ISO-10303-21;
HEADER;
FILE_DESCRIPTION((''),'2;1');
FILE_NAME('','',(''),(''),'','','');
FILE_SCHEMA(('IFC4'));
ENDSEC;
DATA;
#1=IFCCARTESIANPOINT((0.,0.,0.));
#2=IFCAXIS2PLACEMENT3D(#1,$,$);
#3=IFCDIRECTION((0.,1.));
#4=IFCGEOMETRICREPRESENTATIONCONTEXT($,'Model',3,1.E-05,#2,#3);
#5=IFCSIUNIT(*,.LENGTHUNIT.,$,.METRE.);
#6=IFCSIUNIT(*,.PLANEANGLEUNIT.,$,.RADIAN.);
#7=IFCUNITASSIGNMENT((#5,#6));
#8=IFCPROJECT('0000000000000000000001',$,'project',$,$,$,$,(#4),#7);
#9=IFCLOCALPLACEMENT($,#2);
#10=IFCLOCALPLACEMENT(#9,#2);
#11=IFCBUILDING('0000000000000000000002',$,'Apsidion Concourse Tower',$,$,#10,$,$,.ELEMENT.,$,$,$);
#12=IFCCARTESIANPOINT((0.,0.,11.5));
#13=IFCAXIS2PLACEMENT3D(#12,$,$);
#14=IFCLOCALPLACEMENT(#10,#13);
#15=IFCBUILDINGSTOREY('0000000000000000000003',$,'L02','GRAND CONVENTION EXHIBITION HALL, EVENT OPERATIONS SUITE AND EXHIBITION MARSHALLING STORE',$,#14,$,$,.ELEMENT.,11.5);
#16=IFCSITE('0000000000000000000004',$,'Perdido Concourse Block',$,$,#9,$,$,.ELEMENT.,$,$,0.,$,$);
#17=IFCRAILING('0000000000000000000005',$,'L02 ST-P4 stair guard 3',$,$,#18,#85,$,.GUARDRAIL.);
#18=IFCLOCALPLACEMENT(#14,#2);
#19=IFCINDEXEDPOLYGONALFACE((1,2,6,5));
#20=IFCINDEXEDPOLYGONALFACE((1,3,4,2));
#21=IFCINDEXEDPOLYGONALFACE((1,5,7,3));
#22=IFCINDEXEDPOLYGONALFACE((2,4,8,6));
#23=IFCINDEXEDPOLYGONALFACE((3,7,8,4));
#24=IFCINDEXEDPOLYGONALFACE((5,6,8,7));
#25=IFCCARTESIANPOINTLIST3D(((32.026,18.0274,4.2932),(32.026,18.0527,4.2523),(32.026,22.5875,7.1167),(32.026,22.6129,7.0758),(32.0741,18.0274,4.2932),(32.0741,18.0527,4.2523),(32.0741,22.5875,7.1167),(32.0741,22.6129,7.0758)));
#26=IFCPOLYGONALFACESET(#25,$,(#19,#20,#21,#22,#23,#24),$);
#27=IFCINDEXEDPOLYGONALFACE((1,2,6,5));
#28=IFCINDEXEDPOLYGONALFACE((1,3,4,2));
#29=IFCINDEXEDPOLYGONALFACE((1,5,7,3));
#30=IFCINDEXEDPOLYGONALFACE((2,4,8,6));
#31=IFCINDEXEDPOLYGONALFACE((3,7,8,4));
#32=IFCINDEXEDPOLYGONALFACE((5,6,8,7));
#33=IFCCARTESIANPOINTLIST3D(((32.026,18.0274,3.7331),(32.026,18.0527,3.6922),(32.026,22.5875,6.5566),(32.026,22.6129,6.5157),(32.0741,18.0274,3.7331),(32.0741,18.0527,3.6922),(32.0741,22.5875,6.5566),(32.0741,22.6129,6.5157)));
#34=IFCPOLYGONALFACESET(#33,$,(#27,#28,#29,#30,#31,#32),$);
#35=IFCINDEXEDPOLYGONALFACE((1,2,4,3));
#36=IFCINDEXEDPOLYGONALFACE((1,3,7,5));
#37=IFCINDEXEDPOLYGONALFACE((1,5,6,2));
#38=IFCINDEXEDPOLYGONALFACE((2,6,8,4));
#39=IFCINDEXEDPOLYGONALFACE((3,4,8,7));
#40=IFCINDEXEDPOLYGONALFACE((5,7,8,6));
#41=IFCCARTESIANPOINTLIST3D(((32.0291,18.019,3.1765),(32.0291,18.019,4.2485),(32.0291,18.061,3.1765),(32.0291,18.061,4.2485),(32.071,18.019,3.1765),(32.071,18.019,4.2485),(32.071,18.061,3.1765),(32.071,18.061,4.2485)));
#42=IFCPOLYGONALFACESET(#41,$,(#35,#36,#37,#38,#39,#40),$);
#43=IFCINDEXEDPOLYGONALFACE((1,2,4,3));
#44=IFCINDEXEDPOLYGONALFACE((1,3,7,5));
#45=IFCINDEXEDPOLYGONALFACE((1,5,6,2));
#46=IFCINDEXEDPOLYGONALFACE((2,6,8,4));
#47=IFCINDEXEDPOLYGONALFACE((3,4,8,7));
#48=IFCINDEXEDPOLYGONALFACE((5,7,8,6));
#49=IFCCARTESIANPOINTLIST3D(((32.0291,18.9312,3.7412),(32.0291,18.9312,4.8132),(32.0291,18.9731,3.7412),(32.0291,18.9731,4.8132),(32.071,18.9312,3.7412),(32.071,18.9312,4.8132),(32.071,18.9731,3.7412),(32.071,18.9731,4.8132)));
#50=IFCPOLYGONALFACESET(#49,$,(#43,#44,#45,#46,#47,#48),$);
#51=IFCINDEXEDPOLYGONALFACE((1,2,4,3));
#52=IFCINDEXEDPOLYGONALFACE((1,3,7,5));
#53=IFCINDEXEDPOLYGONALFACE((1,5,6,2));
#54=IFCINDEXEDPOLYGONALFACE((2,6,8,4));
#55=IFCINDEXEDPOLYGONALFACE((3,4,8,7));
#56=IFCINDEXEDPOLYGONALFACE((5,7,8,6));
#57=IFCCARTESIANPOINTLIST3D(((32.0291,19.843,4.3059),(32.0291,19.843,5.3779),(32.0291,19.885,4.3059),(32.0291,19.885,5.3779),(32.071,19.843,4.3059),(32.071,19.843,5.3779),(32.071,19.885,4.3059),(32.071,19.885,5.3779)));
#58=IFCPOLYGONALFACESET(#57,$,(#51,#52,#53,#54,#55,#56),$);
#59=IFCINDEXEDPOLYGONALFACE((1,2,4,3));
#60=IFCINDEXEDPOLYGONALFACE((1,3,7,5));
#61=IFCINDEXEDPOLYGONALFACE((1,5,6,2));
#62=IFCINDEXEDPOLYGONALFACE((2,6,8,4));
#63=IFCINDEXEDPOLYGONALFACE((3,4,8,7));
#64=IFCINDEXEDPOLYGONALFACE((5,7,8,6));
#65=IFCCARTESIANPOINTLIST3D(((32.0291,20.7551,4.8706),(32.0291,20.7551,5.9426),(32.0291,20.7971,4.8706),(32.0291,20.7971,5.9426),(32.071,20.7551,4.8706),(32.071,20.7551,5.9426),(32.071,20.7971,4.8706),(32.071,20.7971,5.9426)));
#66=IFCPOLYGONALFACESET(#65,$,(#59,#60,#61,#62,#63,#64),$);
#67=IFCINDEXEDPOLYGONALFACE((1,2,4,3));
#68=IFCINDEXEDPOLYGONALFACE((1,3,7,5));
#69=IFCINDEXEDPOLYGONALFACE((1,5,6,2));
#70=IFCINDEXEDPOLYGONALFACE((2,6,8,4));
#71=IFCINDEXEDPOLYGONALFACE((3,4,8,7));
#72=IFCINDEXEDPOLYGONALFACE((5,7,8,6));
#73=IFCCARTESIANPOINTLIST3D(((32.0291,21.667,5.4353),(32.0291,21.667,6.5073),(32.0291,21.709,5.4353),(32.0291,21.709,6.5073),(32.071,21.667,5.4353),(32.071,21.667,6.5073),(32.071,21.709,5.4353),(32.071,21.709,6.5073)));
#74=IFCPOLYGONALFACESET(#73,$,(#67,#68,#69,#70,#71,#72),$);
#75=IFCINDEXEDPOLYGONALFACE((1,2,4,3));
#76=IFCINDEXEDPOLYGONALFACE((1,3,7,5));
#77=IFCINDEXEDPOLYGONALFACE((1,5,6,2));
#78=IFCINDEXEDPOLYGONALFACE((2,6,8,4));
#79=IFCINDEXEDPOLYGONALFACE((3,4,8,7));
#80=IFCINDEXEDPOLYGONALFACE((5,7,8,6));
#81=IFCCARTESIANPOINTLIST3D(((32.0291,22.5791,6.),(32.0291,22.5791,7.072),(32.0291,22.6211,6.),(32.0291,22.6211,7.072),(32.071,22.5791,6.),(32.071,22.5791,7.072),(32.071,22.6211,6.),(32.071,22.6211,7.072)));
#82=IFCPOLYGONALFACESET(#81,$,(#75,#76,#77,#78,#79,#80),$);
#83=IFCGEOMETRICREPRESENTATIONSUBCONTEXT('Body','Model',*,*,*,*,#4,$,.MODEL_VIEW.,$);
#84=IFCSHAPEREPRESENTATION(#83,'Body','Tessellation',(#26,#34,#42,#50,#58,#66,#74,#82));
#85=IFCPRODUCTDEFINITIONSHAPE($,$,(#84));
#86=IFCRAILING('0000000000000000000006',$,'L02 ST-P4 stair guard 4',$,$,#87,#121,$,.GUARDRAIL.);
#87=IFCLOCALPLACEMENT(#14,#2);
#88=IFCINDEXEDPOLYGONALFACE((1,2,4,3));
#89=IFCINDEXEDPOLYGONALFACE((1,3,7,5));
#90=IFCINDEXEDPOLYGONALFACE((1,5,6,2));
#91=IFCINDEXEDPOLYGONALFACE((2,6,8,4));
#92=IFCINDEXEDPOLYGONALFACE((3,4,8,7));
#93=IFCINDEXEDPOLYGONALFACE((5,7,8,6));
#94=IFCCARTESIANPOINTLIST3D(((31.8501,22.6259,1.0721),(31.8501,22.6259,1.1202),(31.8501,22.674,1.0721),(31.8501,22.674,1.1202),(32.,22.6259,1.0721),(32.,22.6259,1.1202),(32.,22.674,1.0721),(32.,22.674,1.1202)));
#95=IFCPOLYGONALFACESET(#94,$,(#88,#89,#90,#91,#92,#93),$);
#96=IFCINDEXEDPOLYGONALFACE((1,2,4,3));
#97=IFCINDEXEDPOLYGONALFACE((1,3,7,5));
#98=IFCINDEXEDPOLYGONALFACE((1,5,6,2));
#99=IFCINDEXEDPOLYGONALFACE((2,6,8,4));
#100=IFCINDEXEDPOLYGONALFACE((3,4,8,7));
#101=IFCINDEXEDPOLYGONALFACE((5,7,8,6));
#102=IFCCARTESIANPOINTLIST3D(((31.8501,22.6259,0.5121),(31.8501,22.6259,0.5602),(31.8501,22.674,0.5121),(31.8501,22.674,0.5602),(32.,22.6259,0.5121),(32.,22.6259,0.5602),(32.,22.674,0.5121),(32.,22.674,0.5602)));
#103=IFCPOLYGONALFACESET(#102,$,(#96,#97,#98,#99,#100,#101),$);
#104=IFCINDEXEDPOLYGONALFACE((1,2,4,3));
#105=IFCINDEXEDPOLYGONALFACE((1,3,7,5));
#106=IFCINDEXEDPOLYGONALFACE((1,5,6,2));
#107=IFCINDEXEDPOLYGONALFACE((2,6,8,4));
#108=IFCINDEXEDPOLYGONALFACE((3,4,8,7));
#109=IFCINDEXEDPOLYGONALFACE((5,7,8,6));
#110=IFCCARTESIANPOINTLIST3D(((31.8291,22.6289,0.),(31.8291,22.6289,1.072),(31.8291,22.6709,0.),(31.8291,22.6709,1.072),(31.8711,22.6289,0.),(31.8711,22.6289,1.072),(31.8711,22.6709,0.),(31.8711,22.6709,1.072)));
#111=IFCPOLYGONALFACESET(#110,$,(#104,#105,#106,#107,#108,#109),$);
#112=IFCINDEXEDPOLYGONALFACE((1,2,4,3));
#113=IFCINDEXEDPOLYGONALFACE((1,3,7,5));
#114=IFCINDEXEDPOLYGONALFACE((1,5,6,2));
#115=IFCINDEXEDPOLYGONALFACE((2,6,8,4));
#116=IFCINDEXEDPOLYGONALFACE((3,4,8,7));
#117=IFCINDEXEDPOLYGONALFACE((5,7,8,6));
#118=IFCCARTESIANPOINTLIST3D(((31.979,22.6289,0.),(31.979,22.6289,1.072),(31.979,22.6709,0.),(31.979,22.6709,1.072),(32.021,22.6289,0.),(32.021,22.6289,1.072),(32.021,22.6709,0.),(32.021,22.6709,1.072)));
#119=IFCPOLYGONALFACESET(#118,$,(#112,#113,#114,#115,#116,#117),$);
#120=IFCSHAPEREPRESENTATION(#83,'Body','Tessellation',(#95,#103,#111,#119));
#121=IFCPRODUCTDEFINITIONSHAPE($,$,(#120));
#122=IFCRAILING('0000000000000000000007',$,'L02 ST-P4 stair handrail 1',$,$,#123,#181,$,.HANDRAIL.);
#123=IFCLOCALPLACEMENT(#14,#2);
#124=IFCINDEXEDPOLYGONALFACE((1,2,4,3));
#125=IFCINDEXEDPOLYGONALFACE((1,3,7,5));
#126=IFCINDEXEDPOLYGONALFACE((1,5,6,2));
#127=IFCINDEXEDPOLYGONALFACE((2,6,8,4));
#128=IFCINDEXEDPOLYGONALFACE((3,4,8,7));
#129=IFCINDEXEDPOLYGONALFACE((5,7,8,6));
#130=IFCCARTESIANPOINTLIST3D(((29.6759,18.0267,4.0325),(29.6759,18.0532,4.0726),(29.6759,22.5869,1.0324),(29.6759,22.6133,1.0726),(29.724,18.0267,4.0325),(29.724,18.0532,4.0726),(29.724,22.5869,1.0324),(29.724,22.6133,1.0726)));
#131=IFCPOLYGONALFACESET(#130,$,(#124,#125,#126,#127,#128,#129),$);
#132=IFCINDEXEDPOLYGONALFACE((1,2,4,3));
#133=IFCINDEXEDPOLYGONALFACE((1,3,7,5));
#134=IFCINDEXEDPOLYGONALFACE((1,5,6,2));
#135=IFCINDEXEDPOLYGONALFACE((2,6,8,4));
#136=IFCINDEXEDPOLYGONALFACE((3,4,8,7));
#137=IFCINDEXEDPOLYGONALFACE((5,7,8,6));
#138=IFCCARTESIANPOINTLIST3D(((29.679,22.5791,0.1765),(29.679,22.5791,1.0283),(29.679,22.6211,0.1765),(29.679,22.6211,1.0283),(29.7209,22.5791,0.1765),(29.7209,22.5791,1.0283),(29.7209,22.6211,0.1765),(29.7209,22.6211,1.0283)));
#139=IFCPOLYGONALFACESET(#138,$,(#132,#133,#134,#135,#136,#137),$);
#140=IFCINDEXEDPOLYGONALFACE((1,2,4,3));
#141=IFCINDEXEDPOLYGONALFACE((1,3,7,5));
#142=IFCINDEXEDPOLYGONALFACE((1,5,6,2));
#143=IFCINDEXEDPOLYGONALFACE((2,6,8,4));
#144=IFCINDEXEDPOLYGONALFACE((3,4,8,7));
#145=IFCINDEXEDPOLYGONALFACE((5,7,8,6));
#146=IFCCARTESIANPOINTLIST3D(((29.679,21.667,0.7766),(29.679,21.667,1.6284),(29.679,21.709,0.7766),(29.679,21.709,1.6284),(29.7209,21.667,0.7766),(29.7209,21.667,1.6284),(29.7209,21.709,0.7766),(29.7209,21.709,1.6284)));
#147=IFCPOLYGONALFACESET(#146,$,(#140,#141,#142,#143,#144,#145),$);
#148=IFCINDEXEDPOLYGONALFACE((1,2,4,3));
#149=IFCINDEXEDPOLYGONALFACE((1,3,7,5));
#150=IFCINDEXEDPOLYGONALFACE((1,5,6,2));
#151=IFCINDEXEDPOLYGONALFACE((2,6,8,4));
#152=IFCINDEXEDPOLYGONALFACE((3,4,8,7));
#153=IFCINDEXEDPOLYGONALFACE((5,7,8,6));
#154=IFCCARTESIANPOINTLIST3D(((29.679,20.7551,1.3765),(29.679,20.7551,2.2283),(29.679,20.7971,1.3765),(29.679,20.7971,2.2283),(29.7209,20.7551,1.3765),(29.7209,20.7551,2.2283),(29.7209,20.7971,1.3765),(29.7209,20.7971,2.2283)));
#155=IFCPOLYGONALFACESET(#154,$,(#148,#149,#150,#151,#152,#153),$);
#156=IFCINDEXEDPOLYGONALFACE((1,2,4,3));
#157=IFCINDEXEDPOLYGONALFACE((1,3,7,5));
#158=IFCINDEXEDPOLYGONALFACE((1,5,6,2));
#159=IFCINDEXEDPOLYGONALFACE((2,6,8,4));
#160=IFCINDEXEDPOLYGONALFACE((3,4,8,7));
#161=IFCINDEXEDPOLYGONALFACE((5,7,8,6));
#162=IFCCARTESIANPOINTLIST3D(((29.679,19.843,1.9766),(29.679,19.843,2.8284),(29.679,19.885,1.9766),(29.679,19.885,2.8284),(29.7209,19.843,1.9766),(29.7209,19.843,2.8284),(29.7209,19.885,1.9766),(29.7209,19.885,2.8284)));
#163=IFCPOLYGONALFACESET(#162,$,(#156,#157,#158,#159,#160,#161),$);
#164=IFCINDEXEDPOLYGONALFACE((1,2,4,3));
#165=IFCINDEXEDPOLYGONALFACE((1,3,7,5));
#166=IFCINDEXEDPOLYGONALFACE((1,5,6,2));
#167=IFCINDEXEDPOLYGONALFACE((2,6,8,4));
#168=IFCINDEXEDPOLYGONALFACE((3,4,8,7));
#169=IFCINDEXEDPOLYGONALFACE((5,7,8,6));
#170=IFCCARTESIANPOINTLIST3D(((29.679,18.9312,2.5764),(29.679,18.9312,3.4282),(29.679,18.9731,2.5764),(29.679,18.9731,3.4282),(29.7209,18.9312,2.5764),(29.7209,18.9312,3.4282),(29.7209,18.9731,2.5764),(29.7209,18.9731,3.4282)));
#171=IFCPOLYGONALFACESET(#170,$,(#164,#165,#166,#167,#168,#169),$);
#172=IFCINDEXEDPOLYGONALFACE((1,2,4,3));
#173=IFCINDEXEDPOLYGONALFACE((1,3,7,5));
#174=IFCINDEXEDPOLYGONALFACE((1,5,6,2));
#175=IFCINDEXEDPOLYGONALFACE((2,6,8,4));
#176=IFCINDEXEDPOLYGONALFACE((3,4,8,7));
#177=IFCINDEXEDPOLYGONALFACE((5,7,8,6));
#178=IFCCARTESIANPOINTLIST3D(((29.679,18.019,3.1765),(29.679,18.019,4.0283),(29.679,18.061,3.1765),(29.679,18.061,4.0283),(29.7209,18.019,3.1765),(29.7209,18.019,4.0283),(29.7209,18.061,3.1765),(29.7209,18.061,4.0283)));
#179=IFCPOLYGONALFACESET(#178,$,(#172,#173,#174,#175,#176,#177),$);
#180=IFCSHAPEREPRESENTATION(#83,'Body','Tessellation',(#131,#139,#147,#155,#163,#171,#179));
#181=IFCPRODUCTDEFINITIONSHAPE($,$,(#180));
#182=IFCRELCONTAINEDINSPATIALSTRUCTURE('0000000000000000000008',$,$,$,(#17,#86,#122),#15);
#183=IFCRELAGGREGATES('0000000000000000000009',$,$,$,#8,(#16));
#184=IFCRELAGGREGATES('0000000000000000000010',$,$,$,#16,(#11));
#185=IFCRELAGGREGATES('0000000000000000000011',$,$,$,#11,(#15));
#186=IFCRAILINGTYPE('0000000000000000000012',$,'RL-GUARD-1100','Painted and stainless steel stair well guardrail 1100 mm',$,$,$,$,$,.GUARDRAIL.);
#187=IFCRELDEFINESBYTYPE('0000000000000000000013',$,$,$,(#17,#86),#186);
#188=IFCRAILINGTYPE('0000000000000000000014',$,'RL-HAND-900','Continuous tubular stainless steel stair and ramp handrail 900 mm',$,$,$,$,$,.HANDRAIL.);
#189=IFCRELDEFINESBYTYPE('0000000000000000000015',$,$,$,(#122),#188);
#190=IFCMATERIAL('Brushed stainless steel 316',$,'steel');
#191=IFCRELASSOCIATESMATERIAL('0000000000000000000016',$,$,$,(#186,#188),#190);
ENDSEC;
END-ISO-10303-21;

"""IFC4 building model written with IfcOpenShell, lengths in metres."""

from ifc_helpers import new_model, si_unit, direction, frame, origin, origin_2d, place, context, subcontext, project, spatial, rectangle, extrude, material, type_object, element, save


model = new_model("IFC4")

# Units and contexts
model_context = context("Model", 3, precision=1e-05, world=origin(), true_north=direction((0.0, 1.0)))
body_context = subcontext(model_context, "Body", "Model", "MODEL_VIEW")
ifc_project = project(units=[si_unit("LENGTHUNIT", "METRE"), si_unit("PLANEANGLEUNIT", "RADIAN")], contexts=[model_context])

# Site, building, storey
site_placement = place(None, origin())
site = spatial("IfcSite", under=ifc_project, at=site_placement, Name="Perdido Concourse Block", CompositionType="ELEMENT", RefElevation=0.0)
building_placement = place(site_placement, origin())
building = spatial("IfcBuilding", under=site, at=building_placement, Name="Apsidion Concourse Tower", CompositionType="ELEMENT")
storey_placement = place(building_placement, frame((0.0, 0.0, 11.5)))
storey = spatial("IfcBuildingStorey", under=building, at=storey_placement, Name="L02", Description="GRAND CONVENTION EXHIBITION HALL, EVENT OPERATIONS SUITE AND EXHIBITION MARSHALLING STORE", CompositionType="ELEMENT", Elevation=11.5)

# Shared definitions
ifc_material_1 = material(Name="Brushed stainless steel 316", Category="steel")

# Railings
railing_type_1 = type_object("IfcRailingType", Name="RL-GUARD-1100", Description="Painted and stainless steel stair well guardrail 1100 mm", PredefinedType="GUARDRAIL", material=ifc_material_1)
railing_1_placement = place(storey_placement, frame((32.05, 18.04, 3.1765)))
element("IfcRailing", 1, at=railing_1_placement, inside=storey, type_object=railing_type_1, Name="L02 ST-P4 stair guard 3", PredefinedType="GUARDRAIL", context=body_context, shape_type="SweptSolid", body=[
    extrude(rectangle(XDim=0.0481, YDim=0.0481, at=origin_2d()), frame((0.0, 0.0, 1.0962), z_axis=(0.0, 0.850216, 0.526435), x_axis=(-1.0, 0.0, 0.0)), (0.0, 0.0, 1.0), 5.3635),
    extrude(rectangle(XDim=0.0481, YDim=0.0481, at=origin_2d()), frame((0.0, 0.0, 0.5361), z_axis=(0.0, 0.850216, 0.526435), x_axis=(-1.0, 0.0, 0.0)), (0.0, 0.0, 1.0), 5.3635),
    extrude(rectangle(XDim=0.042, YDim=0.042, at=origin_2d()), origin(), (0.0, 0.0, 1.0), 1.072),
    extrude(rectangle(XDim=0.042, YDim=0.042, at=origin_2d()), frame((0.0, 0.9121, 0.5647)), (0.0, 0.0, 1.0), 1.072),
    extrude(rectangle(XDim=0.042, YDim=0.042, at=origin_2d()), frame((0.0, 1.824, 1.1294)), (0.0, 0.0, 1.0), 1.072),
    extrude(rectangle(XDim=0.042, YDim=0.042, at=origin_2d()), frame((0.0, 2.7361, 1.6941)), (0.0, 0.0, 1.0), 1.072),
    extrude(rectangle(XDim=0.042, YDim=0.042, at=origin_2d()), frame((0.0, 3.6479, 2.2588)), (0.0, 0.0, 1.0), 1.072),
    extrude(rectangle(XDim=0.042, YDim=0.042, at=origin_2d()), frame((0.0, 4.5601, 2.8235)), (0.0, 0.0, 1.0), 1.072),
])
railing_2_placement = place(storey_placement, frame((31.8501, 22.6499, 0.0)))
element("IfcRailing", 2, at=railing_2_placement, inside=storey, type_object=railing_type_1, Name="L02 ST-P4 stair guard 4", PredefinedType="GUARDRAIL", context=body_context, shape_type="SweptSolid", body=[
    extrude(rectangle(XDim=0.0481, YDim=0.0481, at=origin_2d()), frame((0.0, 0.0, 1.0962), z_axis=(1.0, 0.0, 0.0), x_axis=(0.0, 1.0, 0.0)), (0.0, 0.0, 1.0), 0.1499),
    extrude(rectangle(XDim=0.0481, YDim=0.0481, at=origin_2d()), frame((0.0, 0.0, 0.5361), z_axis=(1.0, 0.0, 0.0), x_axis=(0.0, 1.0, 0.0)), (0.0, 0.0, 1.0), 0.1499),
    extrude(rectangle(XDim=0.042, YDim=0.042, at=origin_2d()), origin(), (0.0, 0.0, 1.0), 1.072),
    extrude(rectangle(XDim=0.042, YDim=0.042, at=origin_2d()), frame((0.1499, 0.0, 0.0)), (0.0, 0.0, 1.0), 1.072),
])
railing_type_2 = type_object("IfcRailingType", Name="RL-HAND-900", Description="Continuous tubular stainless steel stair and ramp handrail 900 mm", PredefinedType="HANDRAIL", material=ifc_material_1)
railing_3_placement = place(storey_placement, frame((29.7, 22.6001, 0.1765)))
element("IfcRailing", 3, at=railing_3_placement, inside=storey, type_object=railing_type_2, Name="L02 ST-P4 stair handrail 1", PredefinedType="HANDRAIL", context=body_context, shape_type="SweptSolid", body=[
    extrude(rectangle(XDim=0.0481, YDim=0.0481, at=origin_2d()), frame((0.0, 0.0, 0.876), z_axis=(0.0, -0.83542, 0.549612), x_axis=(1.0, 0.0, 0.0)), (0.0, 0.0, 1.0), 5.4585),
    extrude(rectangle(XDim=0.042, YDim=0.042, at=origin_2d()), origin(), (0.0, 0.0, 1.0), 0.8518),
    extrude(rectangle(XDim=0.042, YDim=0.042, at=origin_2d()), frame((0.0, -0.9121, 0.6001)), (0.0, 0.0, 1.0), 0.8518),
    extrude(rectangle(XDim=0.042, YDim=0.042, at=origin_2d()), frame((0.0, -1.824, 1.2)), (0.0, 0.0, 1.0), 0.8518),
    extrude(rectangle(XDim=0.042, YDim=0.042, at=origin_2d()), frame((0.0, -2.7361, 1.8)), (0.0, 0.0, 1.0), 0.8518),
    extrude(rectangle(XDim=0.042, YDim=0.042, at=origin_2d()), frame((0.0, -3.6479, 2.3999)), (0.0, 0.0, 1.0), 0.8518),
    extrude(rectangle(XDim=0.042, YDim=0.042, at=origin_2d()), frame((0.0, -4.5601, 3.0)), (0.0, 0.0, 1.0), 0.8518),
])

save(model, "model.ifc")
